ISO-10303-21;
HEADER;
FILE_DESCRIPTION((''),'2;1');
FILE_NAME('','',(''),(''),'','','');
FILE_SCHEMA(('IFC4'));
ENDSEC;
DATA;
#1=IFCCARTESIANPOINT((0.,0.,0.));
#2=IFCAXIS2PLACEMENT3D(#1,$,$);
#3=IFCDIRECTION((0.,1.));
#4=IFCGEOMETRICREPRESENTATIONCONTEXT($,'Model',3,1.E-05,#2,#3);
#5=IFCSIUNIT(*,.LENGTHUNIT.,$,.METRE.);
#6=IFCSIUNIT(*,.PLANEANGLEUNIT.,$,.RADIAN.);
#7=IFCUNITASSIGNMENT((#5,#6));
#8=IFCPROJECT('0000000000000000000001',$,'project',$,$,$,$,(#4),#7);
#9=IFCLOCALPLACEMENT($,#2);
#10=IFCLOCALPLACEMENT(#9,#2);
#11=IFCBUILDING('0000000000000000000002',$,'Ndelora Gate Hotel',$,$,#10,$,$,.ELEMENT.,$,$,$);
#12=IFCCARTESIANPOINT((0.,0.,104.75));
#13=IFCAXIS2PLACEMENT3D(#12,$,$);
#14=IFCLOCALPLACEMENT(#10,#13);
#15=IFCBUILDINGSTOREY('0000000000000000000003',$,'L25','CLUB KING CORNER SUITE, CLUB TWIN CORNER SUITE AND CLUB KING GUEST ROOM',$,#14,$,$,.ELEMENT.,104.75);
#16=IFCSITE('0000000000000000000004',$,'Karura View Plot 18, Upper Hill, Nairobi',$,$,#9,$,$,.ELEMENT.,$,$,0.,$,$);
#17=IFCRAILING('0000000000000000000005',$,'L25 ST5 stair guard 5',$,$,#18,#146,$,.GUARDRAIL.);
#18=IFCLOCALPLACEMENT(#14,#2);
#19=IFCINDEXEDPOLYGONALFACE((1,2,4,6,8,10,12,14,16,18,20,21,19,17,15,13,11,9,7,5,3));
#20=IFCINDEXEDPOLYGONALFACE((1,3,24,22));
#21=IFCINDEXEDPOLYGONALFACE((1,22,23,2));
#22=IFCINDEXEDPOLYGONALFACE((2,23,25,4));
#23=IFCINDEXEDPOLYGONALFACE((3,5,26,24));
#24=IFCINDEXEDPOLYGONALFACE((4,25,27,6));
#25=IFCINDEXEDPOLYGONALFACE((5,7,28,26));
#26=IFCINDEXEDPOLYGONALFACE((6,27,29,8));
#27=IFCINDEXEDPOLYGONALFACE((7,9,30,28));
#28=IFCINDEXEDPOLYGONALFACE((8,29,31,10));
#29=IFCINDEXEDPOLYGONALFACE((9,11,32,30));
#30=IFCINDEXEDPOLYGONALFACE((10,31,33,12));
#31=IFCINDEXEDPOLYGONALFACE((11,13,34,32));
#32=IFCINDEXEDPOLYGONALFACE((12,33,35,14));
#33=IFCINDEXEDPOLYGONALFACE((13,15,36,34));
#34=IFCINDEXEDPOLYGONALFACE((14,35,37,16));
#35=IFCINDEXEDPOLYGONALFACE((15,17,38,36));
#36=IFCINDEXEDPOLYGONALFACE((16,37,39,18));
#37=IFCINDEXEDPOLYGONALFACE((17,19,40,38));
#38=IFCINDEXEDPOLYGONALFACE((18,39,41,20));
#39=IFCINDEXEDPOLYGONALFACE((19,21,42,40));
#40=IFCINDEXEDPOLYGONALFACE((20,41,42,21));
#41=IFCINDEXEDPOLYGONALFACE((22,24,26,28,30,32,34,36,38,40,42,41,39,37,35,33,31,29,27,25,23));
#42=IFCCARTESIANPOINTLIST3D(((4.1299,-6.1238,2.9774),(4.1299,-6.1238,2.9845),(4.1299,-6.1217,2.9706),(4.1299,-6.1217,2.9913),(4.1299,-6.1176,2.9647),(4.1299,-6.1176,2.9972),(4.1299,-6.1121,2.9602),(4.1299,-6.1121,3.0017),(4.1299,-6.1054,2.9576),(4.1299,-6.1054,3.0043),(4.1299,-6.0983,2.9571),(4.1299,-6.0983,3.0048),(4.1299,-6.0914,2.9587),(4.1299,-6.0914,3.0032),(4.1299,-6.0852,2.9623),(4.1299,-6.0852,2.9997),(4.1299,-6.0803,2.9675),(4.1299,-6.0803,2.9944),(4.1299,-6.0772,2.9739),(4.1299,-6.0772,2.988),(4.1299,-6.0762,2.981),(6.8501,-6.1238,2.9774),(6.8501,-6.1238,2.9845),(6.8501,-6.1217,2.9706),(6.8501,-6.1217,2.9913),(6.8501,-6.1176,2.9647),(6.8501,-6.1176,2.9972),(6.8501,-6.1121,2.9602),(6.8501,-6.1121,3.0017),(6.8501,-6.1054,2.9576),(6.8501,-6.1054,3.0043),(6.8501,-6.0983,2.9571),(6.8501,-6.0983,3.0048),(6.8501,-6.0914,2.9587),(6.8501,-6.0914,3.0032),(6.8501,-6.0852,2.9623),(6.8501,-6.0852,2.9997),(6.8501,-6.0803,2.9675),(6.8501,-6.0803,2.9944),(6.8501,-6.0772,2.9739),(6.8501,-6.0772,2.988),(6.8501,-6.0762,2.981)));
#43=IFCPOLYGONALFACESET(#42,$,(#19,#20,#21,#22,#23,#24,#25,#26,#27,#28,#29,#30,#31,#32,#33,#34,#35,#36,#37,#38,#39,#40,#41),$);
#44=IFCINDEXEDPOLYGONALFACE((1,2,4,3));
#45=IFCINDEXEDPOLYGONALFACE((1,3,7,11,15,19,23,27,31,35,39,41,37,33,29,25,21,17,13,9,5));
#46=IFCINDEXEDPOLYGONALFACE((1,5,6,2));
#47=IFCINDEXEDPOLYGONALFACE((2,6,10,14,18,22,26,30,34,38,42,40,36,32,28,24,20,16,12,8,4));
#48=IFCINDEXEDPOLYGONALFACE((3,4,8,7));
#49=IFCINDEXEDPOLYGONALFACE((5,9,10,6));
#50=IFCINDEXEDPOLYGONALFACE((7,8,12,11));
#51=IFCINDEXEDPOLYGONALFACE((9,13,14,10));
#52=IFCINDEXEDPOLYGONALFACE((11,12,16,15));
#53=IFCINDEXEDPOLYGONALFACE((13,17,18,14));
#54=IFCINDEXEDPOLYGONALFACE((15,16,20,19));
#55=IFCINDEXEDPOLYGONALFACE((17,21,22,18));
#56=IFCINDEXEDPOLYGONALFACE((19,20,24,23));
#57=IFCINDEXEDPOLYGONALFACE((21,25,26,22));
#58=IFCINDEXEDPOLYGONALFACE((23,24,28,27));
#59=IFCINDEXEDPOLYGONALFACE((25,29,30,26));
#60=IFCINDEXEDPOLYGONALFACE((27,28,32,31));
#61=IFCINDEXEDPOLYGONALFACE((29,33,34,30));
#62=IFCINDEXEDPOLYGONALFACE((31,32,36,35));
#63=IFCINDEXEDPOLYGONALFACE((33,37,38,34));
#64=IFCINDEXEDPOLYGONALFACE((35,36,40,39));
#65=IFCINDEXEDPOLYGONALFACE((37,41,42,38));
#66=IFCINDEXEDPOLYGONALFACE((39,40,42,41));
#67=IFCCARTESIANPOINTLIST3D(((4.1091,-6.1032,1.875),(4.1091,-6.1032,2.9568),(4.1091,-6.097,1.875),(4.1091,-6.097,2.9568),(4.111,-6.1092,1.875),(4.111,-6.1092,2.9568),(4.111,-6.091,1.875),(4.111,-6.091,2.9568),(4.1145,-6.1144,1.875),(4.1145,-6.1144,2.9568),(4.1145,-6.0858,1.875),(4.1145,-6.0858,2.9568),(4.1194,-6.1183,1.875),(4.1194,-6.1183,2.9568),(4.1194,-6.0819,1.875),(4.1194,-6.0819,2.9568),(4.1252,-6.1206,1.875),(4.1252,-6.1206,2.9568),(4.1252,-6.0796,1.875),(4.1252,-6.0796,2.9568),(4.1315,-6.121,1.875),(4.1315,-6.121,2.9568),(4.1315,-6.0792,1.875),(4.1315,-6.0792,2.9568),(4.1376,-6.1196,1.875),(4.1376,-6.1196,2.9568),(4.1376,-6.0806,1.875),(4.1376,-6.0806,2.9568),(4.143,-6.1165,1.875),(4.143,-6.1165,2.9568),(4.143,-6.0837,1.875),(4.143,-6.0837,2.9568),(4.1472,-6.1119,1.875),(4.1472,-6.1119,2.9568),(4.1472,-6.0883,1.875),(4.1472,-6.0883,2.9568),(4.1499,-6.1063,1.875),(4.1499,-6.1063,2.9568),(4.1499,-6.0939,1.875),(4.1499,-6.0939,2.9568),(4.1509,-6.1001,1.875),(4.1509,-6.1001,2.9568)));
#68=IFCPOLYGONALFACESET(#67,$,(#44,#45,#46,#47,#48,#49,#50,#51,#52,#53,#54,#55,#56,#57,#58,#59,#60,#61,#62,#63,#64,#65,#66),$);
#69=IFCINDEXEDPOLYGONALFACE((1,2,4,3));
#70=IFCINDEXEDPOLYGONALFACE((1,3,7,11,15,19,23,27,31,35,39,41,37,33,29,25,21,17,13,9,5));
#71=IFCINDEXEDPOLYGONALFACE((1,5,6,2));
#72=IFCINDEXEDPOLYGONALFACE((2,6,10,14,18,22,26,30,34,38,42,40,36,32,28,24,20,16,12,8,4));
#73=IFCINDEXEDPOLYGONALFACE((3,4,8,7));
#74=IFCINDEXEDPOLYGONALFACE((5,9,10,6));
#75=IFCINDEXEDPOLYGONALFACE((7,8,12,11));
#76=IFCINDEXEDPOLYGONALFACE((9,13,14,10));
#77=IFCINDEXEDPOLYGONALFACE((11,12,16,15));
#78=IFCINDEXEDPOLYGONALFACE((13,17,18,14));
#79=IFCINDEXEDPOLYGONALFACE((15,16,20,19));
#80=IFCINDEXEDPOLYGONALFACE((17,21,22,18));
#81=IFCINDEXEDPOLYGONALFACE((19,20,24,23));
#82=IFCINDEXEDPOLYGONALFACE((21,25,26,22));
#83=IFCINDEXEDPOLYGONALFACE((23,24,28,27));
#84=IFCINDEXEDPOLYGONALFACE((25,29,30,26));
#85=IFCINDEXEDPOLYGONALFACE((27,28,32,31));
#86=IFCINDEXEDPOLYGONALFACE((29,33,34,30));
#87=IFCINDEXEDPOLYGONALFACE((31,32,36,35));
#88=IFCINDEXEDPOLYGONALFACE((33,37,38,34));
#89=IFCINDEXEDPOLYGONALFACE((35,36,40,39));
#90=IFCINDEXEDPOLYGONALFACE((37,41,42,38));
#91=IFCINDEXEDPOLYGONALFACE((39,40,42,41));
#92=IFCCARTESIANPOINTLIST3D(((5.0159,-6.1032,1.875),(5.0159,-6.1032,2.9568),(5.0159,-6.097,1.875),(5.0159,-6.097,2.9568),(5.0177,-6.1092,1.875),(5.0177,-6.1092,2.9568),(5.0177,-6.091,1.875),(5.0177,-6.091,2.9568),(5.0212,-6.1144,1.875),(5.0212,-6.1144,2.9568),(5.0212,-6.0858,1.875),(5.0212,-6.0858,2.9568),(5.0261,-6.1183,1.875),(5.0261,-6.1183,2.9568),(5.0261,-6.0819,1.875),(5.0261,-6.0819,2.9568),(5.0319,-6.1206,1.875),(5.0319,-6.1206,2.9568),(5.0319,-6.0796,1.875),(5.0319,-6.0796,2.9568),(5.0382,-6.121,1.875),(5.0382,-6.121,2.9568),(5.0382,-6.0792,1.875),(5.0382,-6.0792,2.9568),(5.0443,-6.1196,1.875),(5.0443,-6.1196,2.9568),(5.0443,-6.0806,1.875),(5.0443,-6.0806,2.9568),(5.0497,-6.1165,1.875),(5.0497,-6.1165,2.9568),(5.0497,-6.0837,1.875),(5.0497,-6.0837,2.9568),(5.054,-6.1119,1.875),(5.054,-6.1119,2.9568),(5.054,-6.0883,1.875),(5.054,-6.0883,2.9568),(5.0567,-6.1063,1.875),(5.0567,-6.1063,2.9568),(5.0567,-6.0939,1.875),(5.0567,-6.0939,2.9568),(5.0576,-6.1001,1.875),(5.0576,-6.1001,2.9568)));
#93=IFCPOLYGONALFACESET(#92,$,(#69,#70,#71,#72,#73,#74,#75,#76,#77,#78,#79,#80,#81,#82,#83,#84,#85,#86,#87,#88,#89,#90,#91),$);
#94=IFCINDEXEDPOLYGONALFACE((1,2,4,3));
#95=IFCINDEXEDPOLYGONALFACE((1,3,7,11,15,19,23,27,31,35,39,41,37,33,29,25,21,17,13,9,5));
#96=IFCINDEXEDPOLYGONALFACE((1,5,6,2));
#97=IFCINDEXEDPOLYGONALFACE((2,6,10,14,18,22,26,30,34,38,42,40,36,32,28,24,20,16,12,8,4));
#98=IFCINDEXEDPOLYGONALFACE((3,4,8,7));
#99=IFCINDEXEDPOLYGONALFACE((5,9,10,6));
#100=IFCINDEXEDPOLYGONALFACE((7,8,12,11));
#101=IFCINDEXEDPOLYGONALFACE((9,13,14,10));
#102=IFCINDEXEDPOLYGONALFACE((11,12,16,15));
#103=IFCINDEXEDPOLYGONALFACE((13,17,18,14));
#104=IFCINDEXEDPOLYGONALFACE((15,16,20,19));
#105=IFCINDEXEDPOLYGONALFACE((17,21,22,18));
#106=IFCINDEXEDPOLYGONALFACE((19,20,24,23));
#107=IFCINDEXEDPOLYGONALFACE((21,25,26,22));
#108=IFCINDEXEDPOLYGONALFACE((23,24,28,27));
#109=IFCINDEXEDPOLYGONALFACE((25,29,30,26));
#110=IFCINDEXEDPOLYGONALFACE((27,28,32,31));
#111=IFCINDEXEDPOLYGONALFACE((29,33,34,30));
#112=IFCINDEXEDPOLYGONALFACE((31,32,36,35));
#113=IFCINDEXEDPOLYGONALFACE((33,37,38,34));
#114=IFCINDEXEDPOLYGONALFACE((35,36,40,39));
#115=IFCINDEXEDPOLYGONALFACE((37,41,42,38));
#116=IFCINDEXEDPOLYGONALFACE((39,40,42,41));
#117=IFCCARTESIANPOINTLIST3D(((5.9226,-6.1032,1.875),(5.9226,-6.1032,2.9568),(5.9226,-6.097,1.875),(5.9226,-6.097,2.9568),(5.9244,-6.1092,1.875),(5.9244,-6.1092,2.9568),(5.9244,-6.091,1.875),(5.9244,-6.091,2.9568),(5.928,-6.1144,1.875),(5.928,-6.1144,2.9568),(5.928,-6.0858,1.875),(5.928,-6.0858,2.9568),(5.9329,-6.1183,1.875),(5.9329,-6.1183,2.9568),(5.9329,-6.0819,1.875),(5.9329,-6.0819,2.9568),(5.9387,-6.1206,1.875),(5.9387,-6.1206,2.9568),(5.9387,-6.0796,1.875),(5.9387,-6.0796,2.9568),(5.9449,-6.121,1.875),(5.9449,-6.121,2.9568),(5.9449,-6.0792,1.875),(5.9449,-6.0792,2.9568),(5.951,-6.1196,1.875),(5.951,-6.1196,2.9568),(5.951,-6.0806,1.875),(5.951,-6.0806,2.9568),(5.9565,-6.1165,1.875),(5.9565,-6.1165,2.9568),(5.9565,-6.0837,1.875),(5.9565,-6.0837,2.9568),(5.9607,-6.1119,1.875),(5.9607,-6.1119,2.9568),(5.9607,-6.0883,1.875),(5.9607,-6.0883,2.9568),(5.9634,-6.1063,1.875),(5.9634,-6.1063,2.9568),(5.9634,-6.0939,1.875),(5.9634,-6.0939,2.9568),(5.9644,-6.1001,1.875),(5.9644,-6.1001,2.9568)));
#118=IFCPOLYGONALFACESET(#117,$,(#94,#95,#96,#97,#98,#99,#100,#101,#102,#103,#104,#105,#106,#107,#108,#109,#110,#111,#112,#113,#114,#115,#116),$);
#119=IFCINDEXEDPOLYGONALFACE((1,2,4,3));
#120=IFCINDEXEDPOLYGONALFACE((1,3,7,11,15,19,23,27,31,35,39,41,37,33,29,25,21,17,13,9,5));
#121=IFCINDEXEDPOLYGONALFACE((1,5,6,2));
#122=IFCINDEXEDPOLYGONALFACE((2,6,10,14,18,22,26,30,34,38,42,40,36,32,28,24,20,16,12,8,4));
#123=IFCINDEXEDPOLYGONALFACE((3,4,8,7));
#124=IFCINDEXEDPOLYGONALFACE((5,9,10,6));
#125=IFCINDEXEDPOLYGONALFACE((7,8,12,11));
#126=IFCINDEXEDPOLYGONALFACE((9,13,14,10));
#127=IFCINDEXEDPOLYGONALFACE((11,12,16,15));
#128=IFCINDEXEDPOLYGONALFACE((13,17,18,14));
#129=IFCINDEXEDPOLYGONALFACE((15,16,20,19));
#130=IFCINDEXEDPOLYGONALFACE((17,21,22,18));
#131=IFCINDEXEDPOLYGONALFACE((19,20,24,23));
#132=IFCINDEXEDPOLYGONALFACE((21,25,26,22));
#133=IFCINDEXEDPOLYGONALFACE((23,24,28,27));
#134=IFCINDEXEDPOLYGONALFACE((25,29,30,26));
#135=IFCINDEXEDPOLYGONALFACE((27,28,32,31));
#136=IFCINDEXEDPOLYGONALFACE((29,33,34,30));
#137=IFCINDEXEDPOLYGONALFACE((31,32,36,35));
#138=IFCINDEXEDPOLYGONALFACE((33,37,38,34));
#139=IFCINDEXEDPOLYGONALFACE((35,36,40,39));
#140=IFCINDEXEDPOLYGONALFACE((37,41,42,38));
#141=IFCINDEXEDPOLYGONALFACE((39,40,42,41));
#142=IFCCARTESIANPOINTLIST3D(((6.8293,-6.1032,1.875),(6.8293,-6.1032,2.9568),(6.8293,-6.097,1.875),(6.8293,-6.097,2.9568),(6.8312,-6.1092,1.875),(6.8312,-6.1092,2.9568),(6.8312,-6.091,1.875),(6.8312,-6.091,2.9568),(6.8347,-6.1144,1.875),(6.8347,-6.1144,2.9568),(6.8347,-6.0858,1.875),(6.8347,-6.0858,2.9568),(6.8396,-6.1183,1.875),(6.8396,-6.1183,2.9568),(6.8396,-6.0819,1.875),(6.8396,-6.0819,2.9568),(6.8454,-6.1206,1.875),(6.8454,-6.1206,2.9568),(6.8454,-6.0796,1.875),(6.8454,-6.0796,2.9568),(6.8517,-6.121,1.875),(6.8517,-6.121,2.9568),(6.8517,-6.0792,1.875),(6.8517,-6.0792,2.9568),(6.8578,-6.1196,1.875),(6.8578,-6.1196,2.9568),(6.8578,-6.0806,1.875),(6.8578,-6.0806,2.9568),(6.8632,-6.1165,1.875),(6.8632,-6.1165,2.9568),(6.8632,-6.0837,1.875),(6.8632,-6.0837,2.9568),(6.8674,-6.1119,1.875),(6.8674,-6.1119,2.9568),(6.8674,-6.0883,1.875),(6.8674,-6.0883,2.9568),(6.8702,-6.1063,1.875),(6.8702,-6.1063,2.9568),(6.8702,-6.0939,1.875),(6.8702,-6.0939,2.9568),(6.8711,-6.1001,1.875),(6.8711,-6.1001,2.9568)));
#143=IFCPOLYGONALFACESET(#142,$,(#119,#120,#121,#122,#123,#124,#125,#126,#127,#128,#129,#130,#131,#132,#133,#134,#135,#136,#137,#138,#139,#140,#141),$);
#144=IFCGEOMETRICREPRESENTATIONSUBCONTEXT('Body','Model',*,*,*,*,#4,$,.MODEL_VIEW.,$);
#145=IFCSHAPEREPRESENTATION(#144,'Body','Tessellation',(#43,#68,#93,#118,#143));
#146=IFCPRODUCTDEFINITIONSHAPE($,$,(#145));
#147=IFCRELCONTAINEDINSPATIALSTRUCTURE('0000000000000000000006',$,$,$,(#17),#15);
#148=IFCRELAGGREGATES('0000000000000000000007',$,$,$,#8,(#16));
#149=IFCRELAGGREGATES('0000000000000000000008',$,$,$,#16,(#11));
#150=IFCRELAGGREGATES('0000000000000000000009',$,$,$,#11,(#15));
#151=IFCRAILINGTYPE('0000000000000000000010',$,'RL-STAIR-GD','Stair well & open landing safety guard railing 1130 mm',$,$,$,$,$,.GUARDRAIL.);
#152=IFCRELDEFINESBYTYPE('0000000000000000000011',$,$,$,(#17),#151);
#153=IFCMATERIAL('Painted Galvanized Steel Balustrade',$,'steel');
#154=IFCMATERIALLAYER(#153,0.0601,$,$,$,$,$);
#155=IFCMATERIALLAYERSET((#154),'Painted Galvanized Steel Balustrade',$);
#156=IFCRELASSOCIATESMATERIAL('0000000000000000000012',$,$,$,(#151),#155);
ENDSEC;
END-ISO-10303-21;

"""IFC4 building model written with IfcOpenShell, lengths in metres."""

from ifc_helpers import new_model, si_unit, direction, frame, origin, origin_2d, place, context, subcontext, project, spatial, circle, extrude, material, layer, layer_set, type_object, element, save


model = new_model("IFC4")

# Units and contexts
model_context = context("Model", 3, precision=1e-05, world=origin(), true_north=direction((0.0, 1.0)))
body_context = subcontext(model_context, "Body", "Model", "MODEL_VIEW")
ifc_project = project(units=[si_unit("LENGTHUNIT", "METRE"), si_unit("PLANEANGLEUNIT", "RADIAN")], contexts=[model_context])

# Site, building, storey
site_placement = place(None, origin())
site = spatial("IfcSite", under=ifc_project, at=site_placement, Name="Karura View Plot 18, Upper Hill, Nairobi", CompositionType="ELEMENT", RefElevation=0.0)
building_placement = place(site_placement, origin())
building = spatial("IfcBuilding", under=site, at=building_placement, Name="Ndelora Gate Hotel", CompositionType="ELEMENT")
storey_placement = place(building_placement, frame((0.0, 0.0, 104.75)))
storey = spatial("IfcBuildingStorey", under=building, at=storey_placement, Name="L25", Description="CLUB KING CORNER SUITE, CLUB TWIN CORNER SUITE AND CLUB KING GUEST ROOM", CompositionType="ELEMENT", Elevation=104.75)

# Railing
ifc_material_1 = material(Name="Painted Galvanized Steel Balustrade", Category="steel")
ifc_layer_1 = layer(ifc_material_1, 0.0601)
ifc_layer_set_1 = layer_set([ifc_layer_1], Name="Painted Galvanized Steel Balustrade")
railing_type_1 = type_object("IfcRailingType", Name="RL-STAIR-GD", Description="Stair well & open landing safety guard railing 1130 mm", PredefinedType="GUARDRAIL", material=ifc_layer_set_1)
railing_1_placement = place(storey_placement, frame((4.1299, -6.1001, 1.875)))
element("IfcRailing", 1, at=railing_1_placement, inside=storey, type_object=railing_type_1, Name="L25 ST5 stair guard 5", PredefinedType="GUARDRAIL", context=body_context, shape_type="SweptSolid", body=[
    extrude(circle(Radius=0.0239, at=origin_2d()), frame((0.0, 0.0, 1.106), z_axis=(1.0, 0.0, 0.0), x_axis=(0.0, 1.0, 0.0)), (0.0, 0.0, 1.0), 2.7202),
    extrude(circle(Radius=0.021, at=origin_2d()), origin(), (0.0, 0.0, 1.0), 1.0818),
    extrude(circle(Radius=0.021, at=origin_2d()), frame((0.9067, 0.0, 0.0)), (0.0, 0.0, 1.0), 1.0818),
    extrude(circle(Radius=0.021, at=origin_2d()), frame((1.8135, 0.0, 0.0)), (0.0, 0.0, 1.0), 1.0818),
    extrude(circle(Radius=0.021, at=origin_2d()), frame((2.7202, 0.0, 0.0)), (0.0, 0.0, 1.0), 1.0818),
])

save(model, "model.ifc")
